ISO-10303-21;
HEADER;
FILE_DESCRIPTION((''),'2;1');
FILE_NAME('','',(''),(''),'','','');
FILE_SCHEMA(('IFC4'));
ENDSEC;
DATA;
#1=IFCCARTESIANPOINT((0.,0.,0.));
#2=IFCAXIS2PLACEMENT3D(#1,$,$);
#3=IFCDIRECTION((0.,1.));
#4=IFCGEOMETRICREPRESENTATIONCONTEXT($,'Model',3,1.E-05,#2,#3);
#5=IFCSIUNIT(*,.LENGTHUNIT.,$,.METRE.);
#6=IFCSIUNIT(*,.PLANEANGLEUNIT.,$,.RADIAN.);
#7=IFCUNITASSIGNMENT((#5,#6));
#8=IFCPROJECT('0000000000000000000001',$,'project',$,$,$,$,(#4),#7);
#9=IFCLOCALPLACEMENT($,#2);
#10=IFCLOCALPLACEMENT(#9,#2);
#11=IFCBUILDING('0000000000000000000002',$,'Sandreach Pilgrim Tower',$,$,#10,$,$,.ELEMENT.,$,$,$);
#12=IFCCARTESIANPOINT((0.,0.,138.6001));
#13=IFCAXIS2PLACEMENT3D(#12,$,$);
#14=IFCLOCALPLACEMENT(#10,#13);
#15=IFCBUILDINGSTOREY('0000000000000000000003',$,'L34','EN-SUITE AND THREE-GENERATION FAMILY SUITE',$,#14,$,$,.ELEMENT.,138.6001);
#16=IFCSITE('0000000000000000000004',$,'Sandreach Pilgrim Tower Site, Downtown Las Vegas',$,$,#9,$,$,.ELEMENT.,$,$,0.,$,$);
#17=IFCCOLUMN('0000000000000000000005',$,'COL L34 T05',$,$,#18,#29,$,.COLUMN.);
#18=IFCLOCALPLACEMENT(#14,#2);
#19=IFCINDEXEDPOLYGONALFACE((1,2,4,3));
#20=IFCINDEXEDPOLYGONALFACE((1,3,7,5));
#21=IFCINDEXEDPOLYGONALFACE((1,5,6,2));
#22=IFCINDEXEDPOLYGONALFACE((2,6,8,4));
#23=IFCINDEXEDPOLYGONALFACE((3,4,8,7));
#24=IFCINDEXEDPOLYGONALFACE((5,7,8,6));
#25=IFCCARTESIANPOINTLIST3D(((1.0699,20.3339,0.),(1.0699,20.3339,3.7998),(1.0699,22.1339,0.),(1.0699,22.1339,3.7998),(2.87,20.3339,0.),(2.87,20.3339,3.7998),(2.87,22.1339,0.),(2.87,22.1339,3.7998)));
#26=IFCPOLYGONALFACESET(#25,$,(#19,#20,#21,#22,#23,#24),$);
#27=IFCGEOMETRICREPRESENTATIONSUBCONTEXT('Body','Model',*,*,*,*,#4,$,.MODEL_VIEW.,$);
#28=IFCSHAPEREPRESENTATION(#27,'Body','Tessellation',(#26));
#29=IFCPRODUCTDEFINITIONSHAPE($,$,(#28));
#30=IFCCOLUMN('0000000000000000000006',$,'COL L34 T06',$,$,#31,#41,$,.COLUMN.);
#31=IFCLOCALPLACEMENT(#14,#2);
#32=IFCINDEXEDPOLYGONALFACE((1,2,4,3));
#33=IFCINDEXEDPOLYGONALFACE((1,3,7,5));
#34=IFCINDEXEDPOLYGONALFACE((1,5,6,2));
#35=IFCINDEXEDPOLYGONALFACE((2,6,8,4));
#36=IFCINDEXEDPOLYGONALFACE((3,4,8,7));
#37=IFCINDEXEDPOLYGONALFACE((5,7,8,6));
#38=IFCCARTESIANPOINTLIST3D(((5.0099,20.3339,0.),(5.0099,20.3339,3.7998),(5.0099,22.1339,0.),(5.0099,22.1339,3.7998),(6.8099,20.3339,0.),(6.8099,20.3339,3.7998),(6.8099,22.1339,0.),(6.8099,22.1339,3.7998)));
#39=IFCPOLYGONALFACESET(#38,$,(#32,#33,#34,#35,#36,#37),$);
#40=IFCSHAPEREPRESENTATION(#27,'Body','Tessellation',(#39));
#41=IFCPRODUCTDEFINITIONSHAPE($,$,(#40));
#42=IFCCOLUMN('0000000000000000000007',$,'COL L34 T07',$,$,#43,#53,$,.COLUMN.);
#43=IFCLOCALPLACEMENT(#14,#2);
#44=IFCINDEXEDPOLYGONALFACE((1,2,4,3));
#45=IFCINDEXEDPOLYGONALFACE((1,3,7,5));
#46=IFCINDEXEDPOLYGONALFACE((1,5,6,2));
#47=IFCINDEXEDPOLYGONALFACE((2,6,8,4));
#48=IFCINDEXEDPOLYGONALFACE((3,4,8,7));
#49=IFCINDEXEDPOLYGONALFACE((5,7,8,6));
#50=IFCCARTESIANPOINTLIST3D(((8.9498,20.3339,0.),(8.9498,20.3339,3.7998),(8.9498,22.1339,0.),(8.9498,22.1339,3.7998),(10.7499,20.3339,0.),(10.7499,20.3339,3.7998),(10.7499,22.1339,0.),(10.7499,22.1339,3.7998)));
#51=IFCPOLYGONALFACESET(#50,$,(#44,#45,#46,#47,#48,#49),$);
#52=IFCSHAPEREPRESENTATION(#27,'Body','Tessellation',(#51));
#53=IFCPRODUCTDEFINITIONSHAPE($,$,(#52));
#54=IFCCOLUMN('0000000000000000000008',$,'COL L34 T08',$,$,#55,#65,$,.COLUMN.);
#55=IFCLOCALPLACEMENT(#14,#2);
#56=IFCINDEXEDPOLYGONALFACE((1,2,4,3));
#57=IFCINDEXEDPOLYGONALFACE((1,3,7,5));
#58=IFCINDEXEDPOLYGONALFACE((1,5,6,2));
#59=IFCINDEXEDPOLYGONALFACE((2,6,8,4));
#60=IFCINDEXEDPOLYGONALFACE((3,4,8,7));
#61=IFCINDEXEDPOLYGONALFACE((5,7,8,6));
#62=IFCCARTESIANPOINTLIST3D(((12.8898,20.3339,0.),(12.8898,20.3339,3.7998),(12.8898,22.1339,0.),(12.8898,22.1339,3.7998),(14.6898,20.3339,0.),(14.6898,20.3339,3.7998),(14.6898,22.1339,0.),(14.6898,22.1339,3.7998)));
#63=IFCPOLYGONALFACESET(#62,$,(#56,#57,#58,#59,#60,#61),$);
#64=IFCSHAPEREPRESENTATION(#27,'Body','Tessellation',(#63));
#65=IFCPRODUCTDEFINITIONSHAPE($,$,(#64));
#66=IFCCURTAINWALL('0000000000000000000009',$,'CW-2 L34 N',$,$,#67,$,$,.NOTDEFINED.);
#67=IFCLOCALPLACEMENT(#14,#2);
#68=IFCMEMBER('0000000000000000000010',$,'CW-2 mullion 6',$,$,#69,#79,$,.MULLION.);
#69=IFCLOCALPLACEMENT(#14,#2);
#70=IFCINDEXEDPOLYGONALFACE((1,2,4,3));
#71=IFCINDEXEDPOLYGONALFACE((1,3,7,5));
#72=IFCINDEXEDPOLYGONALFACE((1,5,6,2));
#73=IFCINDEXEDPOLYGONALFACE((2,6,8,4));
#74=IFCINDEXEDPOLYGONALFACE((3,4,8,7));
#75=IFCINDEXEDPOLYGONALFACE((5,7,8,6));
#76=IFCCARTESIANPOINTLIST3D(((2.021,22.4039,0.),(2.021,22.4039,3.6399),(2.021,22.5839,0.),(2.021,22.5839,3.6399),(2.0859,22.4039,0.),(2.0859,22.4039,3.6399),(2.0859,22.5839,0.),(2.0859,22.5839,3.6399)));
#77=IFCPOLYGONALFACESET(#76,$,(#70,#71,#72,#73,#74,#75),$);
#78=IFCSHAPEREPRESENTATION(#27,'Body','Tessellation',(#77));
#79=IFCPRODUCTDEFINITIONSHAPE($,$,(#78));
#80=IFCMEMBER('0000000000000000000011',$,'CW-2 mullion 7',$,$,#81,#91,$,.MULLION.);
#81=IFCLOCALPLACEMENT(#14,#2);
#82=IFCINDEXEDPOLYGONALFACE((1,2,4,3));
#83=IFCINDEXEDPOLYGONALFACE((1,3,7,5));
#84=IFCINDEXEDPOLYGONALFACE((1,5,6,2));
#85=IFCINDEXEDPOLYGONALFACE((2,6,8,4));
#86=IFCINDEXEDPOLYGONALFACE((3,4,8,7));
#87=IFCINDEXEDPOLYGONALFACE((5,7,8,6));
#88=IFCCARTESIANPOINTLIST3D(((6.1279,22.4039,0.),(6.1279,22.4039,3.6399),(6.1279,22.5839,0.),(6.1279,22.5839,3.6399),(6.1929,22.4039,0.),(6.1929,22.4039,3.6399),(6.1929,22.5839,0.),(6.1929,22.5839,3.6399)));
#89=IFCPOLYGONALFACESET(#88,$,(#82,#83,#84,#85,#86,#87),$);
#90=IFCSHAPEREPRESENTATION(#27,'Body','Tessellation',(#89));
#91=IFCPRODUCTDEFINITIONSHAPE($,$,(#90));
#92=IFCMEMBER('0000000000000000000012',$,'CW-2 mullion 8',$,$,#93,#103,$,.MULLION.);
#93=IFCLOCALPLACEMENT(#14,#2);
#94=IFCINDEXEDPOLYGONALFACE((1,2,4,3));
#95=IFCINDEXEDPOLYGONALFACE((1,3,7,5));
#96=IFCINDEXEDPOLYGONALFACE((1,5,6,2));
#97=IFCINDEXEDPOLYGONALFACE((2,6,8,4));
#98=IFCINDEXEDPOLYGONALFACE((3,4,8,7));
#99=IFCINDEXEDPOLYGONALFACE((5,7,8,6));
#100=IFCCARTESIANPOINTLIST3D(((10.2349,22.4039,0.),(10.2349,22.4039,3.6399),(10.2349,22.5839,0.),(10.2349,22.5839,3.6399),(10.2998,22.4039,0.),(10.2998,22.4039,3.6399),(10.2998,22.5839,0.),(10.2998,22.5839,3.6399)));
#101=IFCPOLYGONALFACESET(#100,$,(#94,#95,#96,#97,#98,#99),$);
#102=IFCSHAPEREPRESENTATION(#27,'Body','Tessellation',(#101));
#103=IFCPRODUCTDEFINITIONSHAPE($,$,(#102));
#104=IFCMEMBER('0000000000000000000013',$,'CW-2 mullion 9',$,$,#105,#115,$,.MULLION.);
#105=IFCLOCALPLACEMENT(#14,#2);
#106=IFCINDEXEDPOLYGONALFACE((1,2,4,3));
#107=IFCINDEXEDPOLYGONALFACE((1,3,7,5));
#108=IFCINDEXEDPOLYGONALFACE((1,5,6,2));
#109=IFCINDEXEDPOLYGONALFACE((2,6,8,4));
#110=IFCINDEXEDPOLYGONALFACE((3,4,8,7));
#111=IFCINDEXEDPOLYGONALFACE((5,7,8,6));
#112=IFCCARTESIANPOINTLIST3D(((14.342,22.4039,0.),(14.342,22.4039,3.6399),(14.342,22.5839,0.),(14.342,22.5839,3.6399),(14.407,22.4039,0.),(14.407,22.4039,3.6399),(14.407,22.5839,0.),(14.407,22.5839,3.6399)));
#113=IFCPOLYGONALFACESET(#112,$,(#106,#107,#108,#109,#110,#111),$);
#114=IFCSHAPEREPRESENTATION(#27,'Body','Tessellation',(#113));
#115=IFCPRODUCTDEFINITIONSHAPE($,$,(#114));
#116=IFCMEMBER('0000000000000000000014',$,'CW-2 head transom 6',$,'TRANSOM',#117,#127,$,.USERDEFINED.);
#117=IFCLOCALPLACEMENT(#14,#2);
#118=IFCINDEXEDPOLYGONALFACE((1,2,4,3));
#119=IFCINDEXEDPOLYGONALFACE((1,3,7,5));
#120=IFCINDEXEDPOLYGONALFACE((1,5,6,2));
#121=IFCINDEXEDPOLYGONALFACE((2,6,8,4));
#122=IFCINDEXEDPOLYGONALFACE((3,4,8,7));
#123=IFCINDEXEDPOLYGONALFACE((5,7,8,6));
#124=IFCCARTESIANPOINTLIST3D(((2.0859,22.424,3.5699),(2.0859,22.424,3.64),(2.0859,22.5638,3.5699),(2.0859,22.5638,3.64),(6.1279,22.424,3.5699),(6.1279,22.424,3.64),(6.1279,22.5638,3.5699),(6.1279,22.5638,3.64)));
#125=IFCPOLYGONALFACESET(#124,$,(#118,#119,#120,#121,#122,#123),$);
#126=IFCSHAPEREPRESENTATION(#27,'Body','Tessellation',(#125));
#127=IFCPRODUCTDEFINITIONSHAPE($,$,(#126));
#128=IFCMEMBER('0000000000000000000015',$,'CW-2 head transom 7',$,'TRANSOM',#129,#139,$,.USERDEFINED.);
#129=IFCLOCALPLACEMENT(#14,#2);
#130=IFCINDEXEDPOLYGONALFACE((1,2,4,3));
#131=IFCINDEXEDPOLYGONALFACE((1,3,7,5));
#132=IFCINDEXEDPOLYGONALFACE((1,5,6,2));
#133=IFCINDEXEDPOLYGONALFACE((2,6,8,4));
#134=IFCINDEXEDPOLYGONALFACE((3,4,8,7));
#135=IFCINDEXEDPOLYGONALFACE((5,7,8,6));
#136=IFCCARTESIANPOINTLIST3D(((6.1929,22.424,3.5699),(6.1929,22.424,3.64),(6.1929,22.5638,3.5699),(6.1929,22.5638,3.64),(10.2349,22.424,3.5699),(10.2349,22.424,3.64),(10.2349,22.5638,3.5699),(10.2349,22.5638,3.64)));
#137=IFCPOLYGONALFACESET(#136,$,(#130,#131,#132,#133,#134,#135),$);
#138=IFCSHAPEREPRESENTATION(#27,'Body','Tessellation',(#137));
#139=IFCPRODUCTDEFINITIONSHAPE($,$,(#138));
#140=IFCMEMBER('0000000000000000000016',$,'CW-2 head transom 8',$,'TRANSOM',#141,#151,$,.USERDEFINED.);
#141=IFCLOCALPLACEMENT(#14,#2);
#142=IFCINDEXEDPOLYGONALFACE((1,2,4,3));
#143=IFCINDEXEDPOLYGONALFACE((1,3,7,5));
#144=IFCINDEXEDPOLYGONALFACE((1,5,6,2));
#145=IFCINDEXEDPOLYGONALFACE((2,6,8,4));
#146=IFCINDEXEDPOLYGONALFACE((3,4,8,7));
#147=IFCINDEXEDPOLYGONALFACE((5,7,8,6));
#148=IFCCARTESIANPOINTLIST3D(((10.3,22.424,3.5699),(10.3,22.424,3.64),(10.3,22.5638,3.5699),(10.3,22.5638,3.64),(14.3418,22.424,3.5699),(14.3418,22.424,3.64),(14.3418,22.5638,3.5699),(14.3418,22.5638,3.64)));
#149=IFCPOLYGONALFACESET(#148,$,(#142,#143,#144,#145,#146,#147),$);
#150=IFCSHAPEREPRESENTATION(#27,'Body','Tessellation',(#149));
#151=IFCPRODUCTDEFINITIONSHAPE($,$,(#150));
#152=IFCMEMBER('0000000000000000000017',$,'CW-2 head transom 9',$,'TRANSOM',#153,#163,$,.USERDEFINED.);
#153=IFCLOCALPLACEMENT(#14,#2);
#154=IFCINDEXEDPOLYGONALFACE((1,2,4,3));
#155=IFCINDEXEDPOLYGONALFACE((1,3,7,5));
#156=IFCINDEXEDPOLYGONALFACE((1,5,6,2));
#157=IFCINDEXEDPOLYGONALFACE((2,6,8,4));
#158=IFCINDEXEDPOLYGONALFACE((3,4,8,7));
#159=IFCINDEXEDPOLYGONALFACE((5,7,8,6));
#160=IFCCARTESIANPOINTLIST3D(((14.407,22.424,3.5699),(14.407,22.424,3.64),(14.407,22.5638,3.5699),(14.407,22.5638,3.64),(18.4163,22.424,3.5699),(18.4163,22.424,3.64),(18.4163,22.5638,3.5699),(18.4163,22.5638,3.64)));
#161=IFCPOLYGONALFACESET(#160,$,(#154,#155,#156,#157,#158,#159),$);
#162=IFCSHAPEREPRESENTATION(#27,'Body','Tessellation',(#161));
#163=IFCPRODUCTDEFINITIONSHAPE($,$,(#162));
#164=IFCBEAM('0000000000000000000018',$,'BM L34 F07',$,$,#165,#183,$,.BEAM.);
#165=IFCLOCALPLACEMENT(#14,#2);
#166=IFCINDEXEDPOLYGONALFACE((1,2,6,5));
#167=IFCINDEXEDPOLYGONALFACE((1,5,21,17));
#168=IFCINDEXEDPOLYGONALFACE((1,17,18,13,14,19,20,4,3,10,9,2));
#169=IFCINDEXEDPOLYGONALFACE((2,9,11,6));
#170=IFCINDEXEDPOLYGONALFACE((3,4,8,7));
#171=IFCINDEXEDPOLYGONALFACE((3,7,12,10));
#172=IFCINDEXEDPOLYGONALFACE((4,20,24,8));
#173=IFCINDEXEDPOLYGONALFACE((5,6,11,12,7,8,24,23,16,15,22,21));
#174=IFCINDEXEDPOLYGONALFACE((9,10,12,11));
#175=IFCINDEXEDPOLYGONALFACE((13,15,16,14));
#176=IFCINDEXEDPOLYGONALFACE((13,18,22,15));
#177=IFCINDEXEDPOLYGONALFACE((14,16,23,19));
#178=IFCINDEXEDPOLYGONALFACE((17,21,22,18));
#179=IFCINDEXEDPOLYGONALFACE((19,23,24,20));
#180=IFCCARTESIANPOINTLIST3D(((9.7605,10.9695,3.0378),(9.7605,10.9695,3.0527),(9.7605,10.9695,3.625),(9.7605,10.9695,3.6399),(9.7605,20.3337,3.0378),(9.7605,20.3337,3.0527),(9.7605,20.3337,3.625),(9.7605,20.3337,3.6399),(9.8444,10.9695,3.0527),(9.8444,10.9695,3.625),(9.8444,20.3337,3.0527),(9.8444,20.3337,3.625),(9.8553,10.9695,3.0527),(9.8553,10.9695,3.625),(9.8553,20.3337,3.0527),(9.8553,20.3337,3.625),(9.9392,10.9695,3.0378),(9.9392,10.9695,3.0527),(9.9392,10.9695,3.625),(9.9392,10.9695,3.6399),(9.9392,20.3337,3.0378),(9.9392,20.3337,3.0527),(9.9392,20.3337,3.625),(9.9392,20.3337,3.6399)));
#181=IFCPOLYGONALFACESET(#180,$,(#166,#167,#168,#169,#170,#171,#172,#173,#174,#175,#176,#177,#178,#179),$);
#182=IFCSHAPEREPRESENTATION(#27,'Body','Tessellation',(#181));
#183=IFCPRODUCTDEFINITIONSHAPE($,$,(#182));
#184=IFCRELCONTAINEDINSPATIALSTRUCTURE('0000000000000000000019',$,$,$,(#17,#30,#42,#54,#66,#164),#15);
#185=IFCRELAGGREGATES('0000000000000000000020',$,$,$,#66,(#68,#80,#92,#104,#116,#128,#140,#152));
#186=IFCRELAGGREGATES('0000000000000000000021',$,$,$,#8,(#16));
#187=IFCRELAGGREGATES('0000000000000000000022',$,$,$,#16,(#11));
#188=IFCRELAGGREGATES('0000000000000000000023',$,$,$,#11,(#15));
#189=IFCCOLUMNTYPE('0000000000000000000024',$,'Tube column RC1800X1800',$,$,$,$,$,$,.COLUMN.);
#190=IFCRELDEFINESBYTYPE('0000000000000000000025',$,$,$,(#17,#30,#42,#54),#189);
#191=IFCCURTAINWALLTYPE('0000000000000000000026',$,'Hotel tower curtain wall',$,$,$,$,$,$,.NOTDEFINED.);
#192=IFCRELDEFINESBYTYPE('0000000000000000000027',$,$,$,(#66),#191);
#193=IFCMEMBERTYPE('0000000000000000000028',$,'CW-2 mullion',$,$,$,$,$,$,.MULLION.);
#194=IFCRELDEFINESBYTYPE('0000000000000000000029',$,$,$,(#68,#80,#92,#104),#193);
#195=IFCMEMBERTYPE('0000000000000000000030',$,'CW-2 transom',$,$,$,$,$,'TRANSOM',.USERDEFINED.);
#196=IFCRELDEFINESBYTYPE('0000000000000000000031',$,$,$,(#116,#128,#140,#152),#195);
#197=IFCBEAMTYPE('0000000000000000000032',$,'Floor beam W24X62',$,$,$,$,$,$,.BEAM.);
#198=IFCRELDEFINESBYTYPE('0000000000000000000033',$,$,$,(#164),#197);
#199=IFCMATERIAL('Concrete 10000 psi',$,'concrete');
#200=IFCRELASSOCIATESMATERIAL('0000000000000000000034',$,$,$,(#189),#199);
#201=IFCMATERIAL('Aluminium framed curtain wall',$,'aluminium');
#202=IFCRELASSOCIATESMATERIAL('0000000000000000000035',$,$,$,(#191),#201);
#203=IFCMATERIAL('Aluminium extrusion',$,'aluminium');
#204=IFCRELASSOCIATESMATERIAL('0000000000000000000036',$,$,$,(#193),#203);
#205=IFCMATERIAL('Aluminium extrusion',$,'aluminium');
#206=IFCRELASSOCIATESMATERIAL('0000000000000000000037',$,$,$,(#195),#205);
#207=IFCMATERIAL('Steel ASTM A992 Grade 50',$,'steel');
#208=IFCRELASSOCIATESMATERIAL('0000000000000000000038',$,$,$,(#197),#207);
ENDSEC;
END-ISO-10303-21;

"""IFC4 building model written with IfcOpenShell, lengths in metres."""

from ifc_helpers import new_model, si_unit, direction, frame, origin, origin_2d, place, context, subcontext, project, spatial, rectangle, i_section, extrude, material, material_profile, profile_set, type_object, element, aggregate, save


model = new_model("IFC4")

# Units and contexts
model_context = context("Model", 3, precision=1e-05, world=origin(), true_north=direction((0.0, 1.0)))
body_context = subcontext(model_context, "Body", "Model", "MODEL_VIEW")
ifc_project = project(units=[si_unit("LENGTHUNIT", "METRE"), si_unit("PLANEANGLEUNIT", "RADIAN")], contexts=[model_context])

# Site, building, storey
site_placement = place(None, origin())
site = spatial("IfcSite", under=ifc_project, at=site_placement, Name="Sandreach Pilgrim Tower Site, Downtown Las Vegas", CompositionType="ELEMENT", RefElevation=0.0)
building_placement = place(site_placement, origin())
building = spatial("IfcBuilding", under=site, at=building_placement, Name="Sandreach Pilgrim Tower", CompositionType="ELEMENT")
storey_placement = place(building_placement, frame((0.0, 0.0, 138.6001)))
storey = spatial("IfcBuildingStorey", under=building, at=storey_placement, Name="L34", Description="EN-SUITE AND THREE-GENERATION FAMILY SUITE", CompositionType="ELEMENT", Elevation=138.6001)

# Columns
ifc_material_1 = material(Name="Concrete 10000 psi", Category="concrete")
ifc_material_profile_1 = material_profile(ifc_material_1, rectangle(XDim=1.8, YDim=1.8, at=origin_2d()), Name="RC1800X1800")
ifc_profile_set_1 = profile_set([ifc_material_profile_1], Name="Concrete 10000 psi")
column_type = type_object("IfcColumnType", Name="Tube column RC1800X1800", PredefinedType="COLUMN", material=ifc_profile_set_1)
for number, where, z_axis, x_axis, name in (
    (1, (1.97, 21.2339, 0.0), (0.0, 0.0, 1.0), (0.0, 1.0, 0.0), "COL L34 T05"),
    (2, (5.9099, 21.2339, 0.0), (0.0, 0.0, 1.0), (0.0, 1.0, 0.0), "COL L34 T06"),
    (3, (9.8499, 21.2339, 0.0), (0.0, 0.0, 1.0), (0.0, 1.0, 0.0), "COL L34 T07"),
    (4, (13.7898, 21.2339, 0.0), (0.0, 0.0, 1.0), (0.0, 1.0, 0.0), "COL L34 T08"),
):
    element("IfcColumn", number, at=place(storey_placement, frame(where, z_axis=z_axis, x_axis=x_axis)), inside=storey, type_object=column_type, Name=name, PredefinedType="COLUMN", context=body_context, shape_type="SweptSolid", body=[
        extrude(rectangle(XDim=1.8, YDim=1.8, at=origin_2d()), origin(), (0.0, 0.0, 1.0), 3.7998),
    ])

# Curtain wall, members
ifc_material_2 = material(Name="Aluminium framed curtain wall", Category="aluminium")
curtain_wall_type = type_object("IfcCurtainWallType", Name="Hotel tower curtain wall", PredefinedType="NOTDEFINED", material=ifc_material_2)
curtain_wall_placement = place(storey_placement, origin())
curtain_wall = element("IfcCurtainWall", 5, at=curtain_wall_placement, inside=storey, type_object=curtain_wall_type, Name="CW-2 L34 N", PredefinedType="NOTDEFINED")
ifc_material_3 = material(Name="Aluminium extrusion", Category="aluminium")
ifc_material_profile_2 = material_profile(ifc_material_3, rectangle(XDim=0.0649, YDim=0.1799, at=origin_2d()), Name="CW-2M 65X180")
ifc_profile_set_2 = profile_set([ifc_material_profile_2], Name="Aluminium extrusion")
member_type_1 = type_object("IfcMemberType", Name="CW-2 mullion", PredefinedType="MULLION", material=ifc_profile_set_2)
member_1_placement = place(storey_placement, frame((2.0535, 22.4939, 0.0), z_axis=(0.0, 0.0, 1.0), x_axis=(1.0, 0.0, 0.0)))
member_1 = element("IfcMember", 6, at=member_1_placement, type_object=member_type_1, Name="CW-2 mullion 6", PredefinedType="MULLION", context=body_context, shape_type="SweptSolid", body=[
    extrude(rectangle(XDim=0.0649, YDim=0.1799, at=origin_2d()), origin(), (0.0, 0.0, 1.0), 3.6399),
])
member_2_placement = place(storey_placement, frame((6.1604, 22.4939, 0.0), z_axis=(0.0, 0.0, 1.0), x_axis=(1.0, 0.0, 0.0)))
member_2 = element("IfcMember", 7, at=member_2_placement, type_object=member_type_1, Name="CW-2 mullion 7", PredefinedType="MULLION", context=body_context, shape_type="SweptSolid", body=[
    extrude(rectangle(XDim=0.0649, YDim=0.1799, at=origin_2d()), origin(), (0.0, 0.0, 1.0), 3.6399),
])
member_3_placement = place(storey_placement, frame((10.2673, 22.4939, 0.0), z_axis=(0.0, 0.0, 1.0), x_axis=(1.0, 0.0, 0.0)))
member_3 = element("IfcMember", 8, at=member_3_placement, type_object=member_type_1, Name="CW-2 mullion 8", PredefinedType="MULLION", context=body_context, shape_type="SweptSolid", body=[
    extrude(rectangle(XDim=0.0649, YDim=0.1799, at=origin_2d()), origin(), (0.0, 0.0, 1.0), 3.6399),
])
member_4_placement = place(storey_placement, frame((14.3745, 22.4939, 0.0), z_axis=(0.0, 0.0, 1.0), x_axis=(1.0, 0.0, 0.0)))
member_4 = element("IfcMember", 9, at=member_4_placement, type_object=member_type_1, Name="CW-2 mullion 9", PredefinedType="MULLION", context=body_context, shape_type="SweptSolid", body=[
    extrude(rectangle(XDim=0.0649, YDim=0.1799, at=origin_2d()), origin(), (0.0, 0.0, 1.0), 3.6399),
])
ifc_material_4 = material(Name="Aluminium extrusion", Category="aluminium")
ifc_material_profile_3 = material_profile(ifc_material_4, rectangle(XDim=0.1399, YDim=0.0701, at=origin_2d()), Name="CW-2T 140X70")
ifc_profile_set_3 = profile_set([ifc_material_profile_3], Name="Aluminium extrusion")
member_type_2 = type_object("IfcMemberType", Name="CW-2 transom", ElementType="TRANSOM", PredefinedType="USERDEFINED", material=ifc_profile_set_3)
member_5_placement = place(storey_placement, frame((2.0859, 22.4939, 3.605), z_axis=(1.0, 0.0, 0.0), x_axis=(0.0, 1.0, 0.0)))
member_5 = element("IfcMember", 10, at=member_5_placement, type_object=member_type_2, Name="CW-2 head transom 6", ObjectType="TRANSOM", PredefinedType="USERDEFINED", context=body_context, shape_type="SweptSolid", body=[
    extrude(rectangle(XDim=0.1399, YDim=0.0701, at=origin_2d()), origin(), (0.0, 0.0, 1.0), 4.042),
])
member_6_placement = place(storey_placement, frame((6.1929, 22.4939, 3.605), z_axis=(1.0, 0.0, 0.0), x_axis=(0.0, 1.0, 0.0)))
member_6 = element("IfcMember", 11, at=member_6_placement, type_object=member_type_2, Name="CW-2 head transom 7", ObjectType="TRANSOM", PredefinedType="USERDEFINED", context=body_context, shape_type="SweptSolid", body=[
    extrude(rectangle(XDim=0.1399, YDim=0.0701, at=origin_2d()), origin(), (0.0, 0.0, 1.0), 4.042),
])
member_7_placement = place(storey_placement, frame((10.3, 22.4939, 3.605), z_axis=(1.0, 0.0, 0.0), x_axis=(0.0, 1.0, 0.0)))
member_7 = element("IfcMember", 12, at=member_7_placement, type_object=member_type_2, Name="CW-2 head transom 8", ObjectType="TRANSOM", PredefinedType="USERDEFINED", context=body_context, shape_type="SweptSolid", body=[
    extrude(rectangle(XDim=0.1399, YDim=0.0701, at=origin_2d()), origin(), (0.0, 0.0, 1.0), 4.0417),
])
member_8_placement = place(storey_placement, frame((14.407, 22.4939, 3.605), z_axis=(1.0, 0.0, 0.0), x_axis=(0.0, 1.0, 0.0)))
member_8 = element("IfcMember", 13, at=member_8_placement, type_object=member_type_2, Name="CW-2 head transom 9", ObjectType="TRANSOM", PredefinedType="USERDEFINED", context=body_context, shape_type="SweptSolid", body=[
    extrude(rectangle(XDim=0.1399, YDim=0.0701, at=origin_2d()), origin(), (0.0, 0.0, 1.0), 4.0093),
])

# Beam
ifc_material_5 = material(Name="Steel ASTM A992 Grade 50", Category="steel")
ifc_material_profile_4 = material_profile(ifc_material_5, i_section(OverallWidth=0.1787, OverallDepth=0.6021, WebThickness=0.011, FlangeThickness=0.0149, at=origin_2d()), Name="W24X62")
ifc_profile_set_4 = profile_set([ifc_material_profile_4], Name="Steel ASTM A992 Grade 50")
beam_type_1 = type_object("IfcBeamType", Name="Floor beam W24X62", PredefinedType="BEAM", material=ifc_profile_set_4)
beam_1_placement = place(storey_placement, frame((9.8499, 20.3337, 3.3389), z_axis=(0.0, -1.0, 0.0), x_axis=(1.0, 0.0, 0.0)))
element("IfcBeam", 14, at=beam_1_placement, inside=storey, type_object=beam_type_1, Name="BM L34 F07", PredefinedType="BEAM", context=body_context, shape_type="SweptSolid", body=[
    extrude(i_section(OverallWidth=0.1787, OverallDepth=0.6021, WebThickness=0.011, FlangeThickness=0.0149, at=origin_2d()), origin(), (0.0, 0.0, 1.0), 9.3643),
])

aggregate(curtain_wall, [member_1, member_2, member_3, member_4, member_5, member_6, member_7, member_8])

save(model, "model.ifc")
